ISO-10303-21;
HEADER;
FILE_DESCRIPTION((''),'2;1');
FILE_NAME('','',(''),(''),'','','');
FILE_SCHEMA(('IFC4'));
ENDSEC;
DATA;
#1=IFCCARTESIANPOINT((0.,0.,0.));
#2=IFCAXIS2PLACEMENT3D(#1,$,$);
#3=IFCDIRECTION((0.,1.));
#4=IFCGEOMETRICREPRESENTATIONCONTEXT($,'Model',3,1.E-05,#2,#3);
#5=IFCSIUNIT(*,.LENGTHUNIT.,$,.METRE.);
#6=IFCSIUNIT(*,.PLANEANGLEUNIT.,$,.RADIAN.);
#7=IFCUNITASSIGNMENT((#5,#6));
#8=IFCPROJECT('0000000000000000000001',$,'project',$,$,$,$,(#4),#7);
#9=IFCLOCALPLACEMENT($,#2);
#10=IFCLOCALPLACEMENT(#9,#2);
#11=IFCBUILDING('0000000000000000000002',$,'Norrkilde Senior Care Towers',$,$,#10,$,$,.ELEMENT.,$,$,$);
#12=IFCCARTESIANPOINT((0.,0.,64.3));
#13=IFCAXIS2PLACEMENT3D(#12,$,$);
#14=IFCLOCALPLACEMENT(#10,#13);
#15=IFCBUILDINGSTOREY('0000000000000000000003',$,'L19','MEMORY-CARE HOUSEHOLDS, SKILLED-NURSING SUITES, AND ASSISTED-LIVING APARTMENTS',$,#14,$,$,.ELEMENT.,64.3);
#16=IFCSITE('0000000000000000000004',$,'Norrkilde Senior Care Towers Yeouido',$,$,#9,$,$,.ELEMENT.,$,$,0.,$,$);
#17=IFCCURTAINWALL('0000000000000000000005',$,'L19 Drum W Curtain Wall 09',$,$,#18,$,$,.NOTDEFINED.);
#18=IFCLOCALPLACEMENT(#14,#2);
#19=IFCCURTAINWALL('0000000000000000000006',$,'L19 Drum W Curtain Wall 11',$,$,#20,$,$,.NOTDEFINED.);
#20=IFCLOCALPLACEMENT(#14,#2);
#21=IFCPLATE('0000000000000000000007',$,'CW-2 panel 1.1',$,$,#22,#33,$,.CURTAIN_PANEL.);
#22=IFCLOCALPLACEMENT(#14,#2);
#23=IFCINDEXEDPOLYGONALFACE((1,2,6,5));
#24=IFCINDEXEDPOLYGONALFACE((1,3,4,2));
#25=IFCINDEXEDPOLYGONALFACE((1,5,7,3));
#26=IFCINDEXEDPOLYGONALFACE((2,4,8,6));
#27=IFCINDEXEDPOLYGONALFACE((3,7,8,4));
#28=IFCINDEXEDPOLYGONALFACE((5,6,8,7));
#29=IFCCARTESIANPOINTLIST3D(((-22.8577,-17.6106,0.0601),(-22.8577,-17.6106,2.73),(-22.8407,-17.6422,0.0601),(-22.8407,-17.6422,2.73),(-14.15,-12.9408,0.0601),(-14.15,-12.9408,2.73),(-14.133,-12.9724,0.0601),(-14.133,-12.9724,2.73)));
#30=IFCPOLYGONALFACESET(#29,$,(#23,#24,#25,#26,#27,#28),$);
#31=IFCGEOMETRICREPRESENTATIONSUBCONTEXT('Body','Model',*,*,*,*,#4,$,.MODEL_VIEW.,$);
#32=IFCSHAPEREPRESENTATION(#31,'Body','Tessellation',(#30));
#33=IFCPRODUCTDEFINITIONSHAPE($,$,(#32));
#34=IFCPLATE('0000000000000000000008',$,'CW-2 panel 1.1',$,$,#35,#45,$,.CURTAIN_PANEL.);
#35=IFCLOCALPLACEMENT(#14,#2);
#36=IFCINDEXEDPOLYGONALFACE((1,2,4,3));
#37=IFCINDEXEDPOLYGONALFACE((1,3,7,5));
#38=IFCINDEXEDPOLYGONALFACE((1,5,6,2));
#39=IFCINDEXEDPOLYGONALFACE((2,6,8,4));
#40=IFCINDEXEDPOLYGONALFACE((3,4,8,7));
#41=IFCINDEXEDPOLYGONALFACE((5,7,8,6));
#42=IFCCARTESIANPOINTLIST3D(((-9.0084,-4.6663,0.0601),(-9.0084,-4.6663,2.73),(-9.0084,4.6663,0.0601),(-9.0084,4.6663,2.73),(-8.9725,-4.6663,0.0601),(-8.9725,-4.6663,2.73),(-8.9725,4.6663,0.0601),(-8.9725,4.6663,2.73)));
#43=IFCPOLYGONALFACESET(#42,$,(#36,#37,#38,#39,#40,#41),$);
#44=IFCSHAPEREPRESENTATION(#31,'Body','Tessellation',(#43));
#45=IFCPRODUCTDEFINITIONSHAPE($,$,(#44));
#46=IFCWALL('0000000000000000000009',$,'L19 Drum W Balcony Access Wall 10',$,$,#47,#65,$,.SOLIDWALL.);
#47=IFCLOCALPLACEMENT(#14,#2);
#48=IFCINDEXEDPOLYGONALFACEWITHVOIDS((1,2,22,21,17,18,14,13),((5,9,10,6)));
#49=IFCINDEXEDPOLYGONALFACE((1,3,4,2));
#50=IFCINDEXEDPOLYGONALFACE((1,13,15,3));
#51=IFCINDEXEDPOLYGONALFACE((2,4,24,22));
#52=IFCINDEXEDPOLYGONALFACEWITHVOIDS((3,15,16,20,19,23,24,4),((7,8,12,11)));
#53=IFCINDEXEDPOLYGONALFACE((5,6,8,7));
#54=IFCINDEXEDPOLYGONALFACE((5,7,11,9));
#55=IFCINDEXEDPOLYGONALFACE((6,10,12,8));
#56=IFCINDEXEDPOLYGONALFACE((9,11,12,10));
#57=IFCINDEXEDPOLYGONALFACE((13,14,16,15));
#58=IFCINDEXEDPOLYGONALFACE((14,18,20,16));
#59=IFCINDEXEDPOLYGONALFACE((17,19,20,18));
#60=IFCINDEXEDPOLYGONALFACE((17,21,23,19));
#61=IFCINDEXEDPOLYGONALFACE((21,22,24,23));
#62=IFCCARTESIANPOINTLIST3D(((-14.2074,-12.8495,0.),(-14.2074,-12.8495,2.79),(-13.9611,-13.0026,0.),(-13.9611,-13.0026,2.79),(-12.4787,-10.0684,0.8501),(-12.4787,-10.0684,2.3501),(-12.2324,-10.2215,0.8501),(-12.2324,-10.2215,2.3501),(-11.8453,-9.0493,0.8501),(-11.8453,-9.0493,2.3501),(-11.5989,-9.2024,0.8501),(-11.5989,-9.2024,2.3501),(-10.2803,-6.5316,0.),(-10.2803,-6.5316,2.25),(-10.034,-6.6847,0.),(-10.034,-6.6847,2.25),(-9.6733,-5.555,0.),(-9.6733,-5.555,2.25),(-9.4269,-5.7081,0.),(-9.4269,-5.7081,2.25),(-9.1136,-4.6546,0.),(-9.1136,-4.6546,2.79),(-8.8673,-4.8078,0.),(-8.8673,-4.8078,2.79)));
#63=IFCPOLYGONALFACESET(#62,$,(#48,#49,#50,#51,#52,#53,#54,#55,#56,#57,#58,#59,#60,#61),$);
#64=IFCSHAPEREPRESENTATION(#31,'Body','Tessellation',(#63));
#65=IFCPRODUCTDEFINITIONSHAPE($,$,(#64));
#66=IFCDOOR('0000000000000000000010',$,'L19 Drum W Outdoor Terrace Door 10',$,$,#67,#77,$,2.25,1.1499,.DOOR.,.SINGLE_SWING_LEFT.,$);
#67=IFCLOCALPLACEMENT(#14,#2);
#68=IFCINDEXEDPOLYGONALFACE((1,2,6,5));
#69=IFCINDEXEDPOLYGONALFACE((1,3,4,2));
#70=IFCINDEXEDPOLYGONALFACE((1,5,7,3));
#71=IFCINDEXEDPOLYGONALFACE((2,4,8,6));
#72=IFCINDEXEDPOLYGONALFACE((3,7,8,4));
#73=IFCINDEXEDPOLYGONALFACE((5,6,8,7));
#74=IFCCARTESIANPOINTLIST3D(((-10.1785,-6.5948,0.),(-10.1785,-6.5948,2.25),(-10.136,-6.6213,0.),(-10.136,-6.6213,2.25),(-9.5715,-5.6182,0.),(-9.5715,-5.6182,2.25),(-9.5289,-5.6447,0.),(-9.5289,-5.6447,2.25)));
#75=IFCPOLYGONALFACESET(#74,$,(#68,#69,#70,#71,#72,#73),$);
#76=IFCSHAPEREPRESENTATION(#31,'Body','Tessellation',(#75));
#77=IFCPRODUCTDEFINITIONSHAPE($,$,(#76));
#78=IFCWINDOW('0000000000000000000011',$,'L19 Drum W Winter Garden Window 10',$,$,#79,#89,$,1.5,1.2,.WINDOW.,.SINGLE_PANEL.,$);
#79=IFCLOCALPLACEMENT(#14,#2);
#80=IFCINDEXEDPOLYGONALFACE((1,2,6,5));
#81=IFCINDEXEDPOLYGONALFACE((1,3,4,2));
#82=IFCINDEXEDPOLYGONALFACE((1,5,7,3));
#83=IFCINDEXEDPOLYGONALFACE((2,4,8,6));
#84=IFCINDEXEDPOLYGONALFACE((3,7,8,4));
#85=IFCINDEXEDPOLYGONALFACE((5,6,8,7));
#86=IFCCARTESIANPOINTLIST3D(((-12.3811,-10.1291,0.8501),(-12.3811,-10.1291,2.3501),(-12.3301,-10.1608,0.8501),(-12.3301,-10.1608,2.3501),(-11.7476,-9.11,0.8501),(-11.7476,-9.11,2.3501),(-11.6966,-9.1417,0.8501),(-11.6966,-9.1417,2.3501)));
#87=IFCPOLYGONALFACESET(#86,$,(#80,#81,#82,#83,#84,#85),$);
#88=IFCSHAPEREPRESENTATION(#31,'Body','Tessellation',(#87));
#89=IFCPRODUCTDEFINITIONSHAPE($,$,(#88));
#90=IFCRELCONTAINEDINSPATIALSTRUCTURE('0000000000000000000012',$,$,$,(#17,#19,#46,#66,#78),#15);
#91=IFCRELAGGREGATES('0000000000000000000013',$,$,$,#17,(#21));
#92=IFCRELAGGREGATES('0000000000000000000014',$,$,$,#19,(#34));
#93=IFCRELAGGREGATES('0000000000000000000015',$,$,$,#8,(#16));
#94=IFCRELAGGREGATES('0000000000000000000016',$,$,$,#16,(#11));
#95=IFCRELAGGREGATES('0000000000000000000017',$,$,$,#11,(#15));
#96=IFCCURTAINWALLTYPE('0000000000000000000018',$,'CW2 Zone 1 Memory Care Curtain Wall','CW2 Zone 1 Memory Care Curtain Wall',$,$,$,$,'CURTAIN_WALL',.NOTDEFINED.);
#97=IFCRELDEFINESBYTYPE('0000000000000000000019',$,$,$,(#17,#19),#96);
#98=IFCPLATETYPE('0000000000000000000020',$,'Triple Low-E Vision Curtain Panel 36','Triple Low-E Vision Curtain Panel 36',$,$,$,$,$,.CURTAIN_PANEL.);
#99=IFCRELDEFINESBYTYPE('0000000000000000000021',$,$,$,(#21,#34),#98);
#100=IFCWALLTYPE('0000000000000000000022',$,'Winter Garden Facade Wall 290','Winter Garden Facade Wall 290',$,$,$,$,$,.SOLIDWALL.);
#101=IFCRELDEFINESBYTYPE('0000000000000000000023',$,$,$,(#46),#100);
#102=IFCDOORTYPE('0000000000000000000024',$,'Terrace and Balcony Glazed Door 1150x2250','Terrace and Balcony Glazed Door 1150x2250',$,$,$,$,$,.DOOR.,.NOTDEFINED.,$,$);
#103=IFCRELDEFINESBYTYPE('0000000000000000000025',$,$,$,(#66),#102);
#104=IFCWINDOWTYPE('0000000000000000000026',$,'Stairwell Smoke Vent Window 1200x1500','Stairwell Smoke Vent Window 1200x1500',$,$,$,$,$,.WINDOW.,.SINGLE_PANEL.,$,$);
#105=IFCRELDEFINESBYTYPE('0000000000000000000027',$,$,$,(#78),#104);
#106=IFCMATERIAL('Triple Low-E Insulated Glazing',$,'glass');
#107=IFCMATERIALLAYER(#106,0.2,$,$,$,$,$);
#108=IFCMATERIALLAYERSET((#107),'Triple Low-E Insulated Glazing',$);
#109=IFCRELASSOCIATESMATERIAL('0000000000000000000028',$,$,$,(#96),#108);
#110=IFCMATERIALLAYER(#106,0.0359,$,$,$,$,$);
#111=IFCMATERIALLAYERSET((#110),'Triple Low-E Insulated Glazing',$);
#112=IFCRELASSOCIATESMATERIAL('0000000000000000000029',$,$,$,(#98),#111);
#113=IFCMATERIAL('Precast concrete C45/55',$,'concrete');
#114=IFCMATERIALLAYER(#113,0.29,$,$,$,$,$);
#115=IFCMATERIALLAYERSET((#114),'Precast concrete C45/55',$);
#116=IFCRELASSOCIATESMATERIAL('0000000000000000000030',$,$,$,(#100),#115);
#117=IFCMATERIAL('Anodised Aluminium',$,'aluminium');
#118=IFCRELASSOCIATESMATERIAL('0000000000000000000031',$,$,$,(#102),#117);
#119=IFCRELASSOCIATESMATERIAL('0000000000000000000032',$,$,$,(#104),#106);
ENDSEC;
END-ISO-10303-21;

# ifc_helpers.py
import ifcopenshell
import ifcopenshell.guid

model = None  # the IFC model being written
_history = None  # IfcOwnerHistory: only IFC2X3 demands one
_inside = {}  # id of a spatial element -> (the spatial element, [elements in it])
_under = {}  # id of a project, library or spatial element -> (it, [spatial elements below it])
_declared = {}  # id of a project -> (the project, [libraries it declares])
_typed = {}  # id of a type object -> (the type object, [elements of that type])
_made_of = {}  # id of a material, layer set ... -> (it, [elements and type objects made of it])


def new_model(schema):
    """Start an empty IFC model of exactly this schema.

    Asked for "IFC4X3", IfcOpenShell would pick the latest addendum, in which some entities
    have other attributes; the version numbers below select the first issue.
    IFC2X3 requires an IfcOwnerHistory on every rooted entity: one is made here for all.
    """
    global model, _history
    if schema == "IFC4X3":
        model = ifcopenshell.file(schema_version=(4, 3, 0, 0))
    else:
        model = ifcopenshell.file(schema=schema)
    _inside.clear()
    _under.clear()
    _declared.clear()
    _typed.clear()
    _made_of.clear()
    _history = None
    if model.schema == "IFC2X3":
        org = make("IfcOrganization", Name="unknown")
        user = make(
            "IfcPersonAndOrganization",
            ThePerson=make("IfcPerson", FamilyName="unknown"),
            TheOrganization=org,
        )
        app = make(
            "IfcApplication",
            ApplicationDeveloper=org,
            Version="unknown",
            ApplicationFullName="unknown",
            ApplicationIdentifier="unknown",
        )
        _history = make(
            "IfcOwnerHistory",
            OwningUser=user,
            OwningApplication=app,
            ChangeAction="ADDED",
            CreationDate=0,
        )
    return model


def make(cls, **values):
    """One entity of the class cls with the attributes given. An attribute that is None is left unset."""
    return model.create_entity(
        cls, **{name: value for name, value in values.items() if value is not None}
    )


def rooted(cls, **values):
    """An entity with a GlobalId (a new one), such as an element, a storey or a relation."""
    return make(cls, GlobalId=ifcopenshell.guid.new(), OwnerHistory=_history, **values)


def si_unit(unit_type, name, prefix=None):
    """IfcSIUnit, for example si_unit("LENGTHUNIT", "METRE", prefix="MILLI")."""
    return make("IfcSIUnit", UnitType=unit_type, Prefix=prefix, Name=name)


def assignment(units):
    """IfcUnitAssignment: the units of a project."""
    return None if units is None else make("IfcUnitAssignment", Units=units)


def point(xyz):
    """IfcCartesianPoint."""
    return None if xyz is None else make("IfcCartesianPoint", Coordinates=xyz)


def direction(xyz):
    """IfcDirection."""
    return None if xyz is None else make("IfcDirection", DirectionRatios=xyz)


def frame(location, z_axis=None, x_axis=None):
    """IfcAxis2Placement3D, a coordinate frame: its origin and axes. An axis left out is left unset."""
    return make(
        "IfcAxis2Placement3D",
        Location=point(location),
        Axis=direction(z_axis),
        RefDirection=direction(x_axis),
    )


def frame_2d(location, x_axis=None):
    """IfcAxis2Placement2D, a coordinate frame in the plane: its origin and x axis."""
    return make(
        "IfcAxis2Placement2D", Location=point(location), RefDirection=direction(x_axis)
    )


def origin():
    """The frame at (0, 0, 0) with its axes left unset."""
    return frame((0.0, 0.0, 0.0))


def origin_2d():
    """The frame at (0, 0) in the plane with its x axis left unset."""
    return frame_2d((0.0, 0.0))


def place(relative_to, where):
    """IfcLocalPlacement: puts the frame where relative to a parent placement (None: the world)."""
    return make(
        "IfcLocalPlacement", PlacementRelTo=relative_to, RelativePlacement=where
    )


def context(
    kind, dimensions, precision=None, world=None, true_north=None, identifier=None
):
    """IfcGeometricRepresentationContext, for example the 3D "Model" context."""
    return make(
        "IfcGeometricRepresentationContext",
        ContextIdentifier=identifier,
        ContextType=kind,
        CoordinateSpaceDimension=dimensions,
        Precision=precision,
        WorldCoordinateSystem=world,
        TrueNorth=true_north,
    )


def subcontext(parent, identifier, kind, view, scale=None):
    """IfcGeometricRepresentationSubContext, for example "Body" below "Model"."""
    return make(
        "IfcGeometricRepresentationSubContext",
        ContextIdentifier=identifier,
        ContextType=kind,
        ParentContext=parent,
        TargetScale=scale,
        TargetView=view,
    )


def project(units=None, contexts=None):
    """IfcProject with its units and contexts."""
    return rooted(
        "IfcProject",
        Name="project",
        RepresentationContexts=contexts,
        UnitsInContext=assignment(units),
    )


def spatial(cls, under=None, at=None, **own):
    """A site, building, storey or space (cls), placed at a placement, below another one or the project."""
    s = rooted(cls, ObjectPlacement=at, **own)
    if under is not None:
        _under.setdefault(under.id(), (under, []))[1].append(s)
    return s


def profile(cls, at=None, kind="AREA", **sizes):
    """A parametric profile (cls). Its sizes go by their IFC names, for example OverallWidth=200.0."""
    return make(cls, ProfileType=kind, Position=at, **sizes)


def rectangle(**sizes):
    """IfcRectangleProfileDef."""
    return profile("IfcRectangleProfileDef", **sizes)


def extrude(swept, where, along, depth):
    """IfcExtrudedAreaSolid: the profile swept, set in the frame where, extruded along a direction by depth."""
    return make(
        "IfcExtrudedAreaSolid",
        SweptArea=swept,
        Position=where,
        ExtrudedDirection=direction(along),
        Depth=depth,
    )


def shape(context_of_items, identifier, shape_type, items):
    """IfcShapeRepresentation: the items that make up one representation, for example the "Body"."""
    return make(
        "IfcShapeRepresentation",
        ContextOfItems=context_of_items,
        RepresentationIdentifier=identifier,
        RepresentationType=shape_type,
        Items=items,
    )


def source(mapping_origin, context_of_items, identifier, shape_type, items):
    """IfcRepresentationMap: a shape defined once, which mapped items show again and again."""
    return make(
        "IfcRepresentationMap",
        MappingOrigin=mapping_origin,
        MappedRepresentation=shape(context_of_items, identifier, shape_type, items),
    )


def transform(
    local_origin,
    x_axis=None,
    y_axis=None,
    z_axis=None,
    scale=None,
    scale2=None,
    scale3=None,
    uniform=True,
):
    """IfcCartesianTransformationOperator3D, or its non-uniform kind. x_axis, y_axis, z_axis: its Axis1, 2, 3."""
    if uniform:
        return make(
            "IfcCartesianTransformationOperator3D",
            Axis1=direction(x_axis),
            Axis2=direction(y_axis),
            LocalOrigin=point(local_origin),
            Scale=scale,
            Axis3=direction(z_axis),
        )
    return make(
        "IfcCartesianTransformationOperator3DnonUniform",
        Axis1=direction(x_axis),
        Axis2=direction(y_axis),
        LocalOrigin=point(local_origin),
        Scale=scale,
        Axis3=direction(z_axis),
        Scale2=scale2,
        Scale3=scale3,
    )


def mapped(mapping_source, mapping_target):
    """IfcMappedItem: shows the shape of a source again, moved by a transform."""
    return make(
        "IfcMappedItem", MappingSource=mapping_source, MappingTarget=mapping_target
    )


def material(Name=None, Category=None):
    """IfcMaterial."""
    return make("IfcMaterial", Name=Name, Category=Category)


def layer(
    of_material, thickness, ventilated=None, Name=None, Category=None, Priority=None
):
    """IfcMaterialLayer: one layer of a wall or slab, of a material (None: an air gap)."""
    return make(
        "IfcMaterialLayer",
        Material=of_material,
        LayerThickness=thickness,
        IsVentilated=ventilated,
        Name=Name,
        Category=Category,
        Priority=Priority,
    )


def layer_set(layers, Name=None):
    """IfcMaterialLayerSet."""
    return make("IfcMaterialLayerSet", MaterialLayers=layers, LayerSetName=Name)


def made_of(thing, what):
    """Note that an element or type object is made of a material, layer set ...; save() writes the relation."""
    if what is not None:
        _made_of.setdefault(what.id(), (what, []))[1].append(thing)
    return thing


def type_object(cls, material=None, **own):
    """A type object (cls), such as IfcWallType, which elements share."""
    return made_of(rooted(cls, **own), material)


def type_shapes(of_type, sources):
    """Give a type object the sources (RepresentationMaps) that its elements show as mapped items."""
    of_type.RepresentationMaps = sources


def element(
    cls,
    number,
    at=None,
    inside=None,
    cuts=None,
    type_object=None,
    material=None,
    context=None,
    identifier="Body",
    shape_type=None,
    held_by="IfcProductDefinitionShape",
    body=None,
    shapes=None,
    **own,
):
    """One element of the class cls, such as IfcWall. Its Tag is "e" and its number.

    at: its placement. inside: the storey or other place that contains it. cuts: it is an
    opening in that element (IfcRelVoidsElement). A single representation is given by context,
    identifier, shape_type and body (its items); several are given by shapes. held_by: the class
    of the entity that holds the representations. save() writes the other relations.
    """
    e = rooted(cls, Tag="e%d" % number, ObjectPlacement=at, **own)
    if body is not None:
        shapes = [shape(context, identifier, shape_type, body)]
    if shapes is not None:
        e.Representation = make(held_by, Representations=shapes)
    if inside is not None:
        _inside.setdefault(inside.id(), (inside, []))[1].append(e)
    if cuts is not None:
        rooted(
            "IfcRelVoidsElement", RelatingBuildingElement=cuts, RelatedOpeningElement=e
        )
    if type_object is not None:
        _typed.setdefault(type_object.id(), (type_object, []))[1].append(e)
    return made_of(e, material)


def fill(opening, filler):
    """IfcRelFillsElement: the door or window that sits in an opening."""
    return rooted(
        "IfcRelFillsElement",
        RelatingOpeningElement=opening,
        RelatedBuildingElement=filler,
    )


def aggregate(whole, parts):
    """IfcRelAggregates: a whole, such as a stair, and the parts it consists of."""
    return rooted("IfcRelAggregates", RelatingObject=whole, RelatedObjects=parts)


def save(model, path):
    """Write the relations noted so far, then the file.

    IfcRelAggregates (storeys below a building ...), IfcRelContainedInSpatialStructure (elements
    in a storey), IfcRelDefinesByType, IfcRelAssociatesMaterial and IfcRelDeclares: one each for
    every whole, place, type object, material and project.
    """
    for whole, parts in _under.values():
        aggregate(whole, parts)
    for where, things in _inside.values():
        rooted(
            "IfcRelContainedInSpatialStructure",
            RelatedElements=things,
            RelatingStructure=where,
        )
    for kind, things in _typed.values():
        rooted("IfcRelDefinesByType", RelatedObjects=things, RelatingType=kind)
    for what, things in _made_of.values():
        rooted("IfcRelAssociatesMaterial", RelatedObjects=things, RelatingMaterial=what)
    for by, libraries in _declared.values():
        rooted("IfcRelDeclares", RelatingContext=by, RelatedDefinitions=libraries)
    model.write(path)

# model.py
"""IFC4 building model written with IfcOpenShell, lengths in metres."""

from ifc_helpers import new_model, si_unit, direction, frame, frame_2d, origin, origin_2d, place, context, subcontext, project, spatial, rectangle, extrude, source, transform, mapped, material, layer, layer_set, type_object, type_shapes, element, fill, aggregate, save


model = new_model("IFC4")

# Units and contexts
model_context = context("Model", 3, precision=1e-05, world=origin(), true_north=direction((0.0, 1.0)))
body_context = subcontext(model_context, "Body", "Model", "MODEL_VIEW")
ifc_project = project(units=[si_unit("LENGTHUNIT", "METRE"), si_unit("PLANEANGLEUNIT", "RADIAN")], contexts=[model_context])

# Site, building, storey
site_placement = place(None, origin())
site = spatial("IfcSite", under=ifc_project, at=site_placement, Name="Norrkilde Senior Care Towers Yeouido", CompositionType="ELEMENT", RefElevation=0.0)
building_placement = place(site_placement, origin())
building = spatial("IfcBuilding", under=site, at=building_placement, Name="Norrkilde Senior Care Towers", CompositionType="ELEMENT")
storey_placement = place(building_placement, frame((0.0, 0.0, 64.3)))
storey = spatial("IfcBuildingStorey", under=building, at=storey_placement, Name="L19", Description="MEMORY-CARE HOUSEHOLDS, SKILLED-NURSING SUITES, AND ASSISTED-LIVING APARTMENTS", CompositionType="ELEMENT", Elevation=64.3)

# Curtain walls
ifc_material_1 = material(Name="Triple Low-E Insulated Glazing", Category="glass")
ifc_layer_1 = layer(ifc_material_1, 0.2)
ifc_layer_set_1 = layer_set([ifc_layer_1], Name="Triple Low-E Insulated Glazing")
curtain_wall_type = type_object("IfcCurtainWallType", Name="CW2 Zone 1 Memory Care Curtain Wall", Description="CW2 Zone 1 Memory Care Curtain Wall", ElementType="CURTAIN_WALL", PredefinedType="NOTDEFINED", material=ifc_layer_set_1)
curtain_wall_1_placement = place(storey_placement, origin())
curtain_wall_1 = element("IfcCurtainWall", 1, at=curtain_wall_1_placement, inside=storey, type_object=curtain_wall_type, Name="L19 Drum W Curtain Wall 09", PredefinedType="NOTDEFINED")
ifc_material_2 = material(Name="Anodised Aluminium", Category="aluminium")
curtain_wall_2_placement = place(storey_placement, origin())
curtain_wall_2 = element("IfcCurtainWall", 2, at=curtain_wall_2_placement, inside=storey, type_object=curtain_wall_type, Name="L19 Drum W Curtain Wall 11", PredefinedType="NOTDEFINED")

# Plates
ifc_layer_2 = layer(ifc_material_1, 0.0359)
ifc_layer_set_2 = layer_set([ifc_layer_2], Name="Triple Low-E Insulated Glazing")
plate_type = type_object("IfcPlateType", Name="Triple Low-E Vision Curtain Panel 36", Description="Triple Low-E Vision Curtain Panel 36", PredefinedType="CURTAIN_PANEL", material=ifc_layer_set_2)
shared_shape_1 = source(origin(), body_context, "Body", "SweptSolid", [
    extrude(rectangle(XDim=9.8809, YDim=0.0359, at=origin_2d()), origin(), (0.0, 0.0, 1.0), 2.6699),
])
plate_1_placement = place(storey_placement, frame((-18.4954, -15.2915, 0.0601), z_axis=(0.0, 0.0, 1.0), x_axis=(-0.881273, -0.472608, 0.0)))
plate_1 = element("IfcPlate", 3, at=plate_1_placement, type_object=plate_type, Name="CW-2 panel 1.1", PredefinedType="CURTAIN_PANEL", context=body_context, shape_type="MappedRepresentation", body=[
    mapped(shared_shape_1, transform((0.0, 0.0, 0.0), x_axis=(1.0, 0.0, 0.0), y_axis=(0.0, 1.0, 0.0), z_axis=(0.0, 0.0, 1.0), scale=1.0)),
])
aggregate(curtain_wall_1, [plate_1])
shared_shape_2 = source(origin(), body_context, "Body", "SweptSolid", [
    extrude(rectangle(XDim=9.3325, YDim=0.0359, at=origin_2d()), origin(), (0.0, 0.0, 1.0), 2.6699),
])
type_shapes(plate_type, [shared_shape_1, shared_shape_2])
plate_2_placement = place(storey_placement, frame((-8.9905, 0.0, 0.0601), z_axis=(0.0, 0.0, 1.0), x_axis=(0.0, -1.0, 0.0)))
plate_2 = element("IfcPlate", 4, at=plate_2_placement, type_object=plate_type, Name="CW-2 panel 1.1", PredefinedType="CURTAIN_PANEL", context=body_context, shape_type="MappedRepresentation", body=[
    mapped(shared_shape_2, transform((0.0, 0.0, 0.0), x_axis=(1.0, 0.0, 0.0), y_axis=(0.0, 1.0, 0.0), z_axis=(0.0, 0.0, 1.0), scale=1.0)),
])
aggregate(curtain_wall_2, [plate_2])

# Wall, openings, door, window
ifc_material_3 = material(Name="Precast concrete C45/55", Category="concrete")
ifc_layer_3 = layer(ifc_material_3, 0.29)
ifc_layer_set_3 = layer_set([ifc_layer_3], Name="Precast concrete C45/55")
wall_type_1 = type_object("IfcWallType", Name="Winter Garden Facade Wall 290", Description="Winter Garden Facade Wall 290", PredefinedType="SOLIDWALL", material=ifc_layer_set_3)
shared_shape_3 = source(origin(), body_context, "Body", "SweptSolid", [
    extrude(rectangle(XDim=9.6489, YDim=0.29, at=frame_2d((4.8245, 0.0))), origin(), (0.0, 0.0, 1.0), 2.79),
])
type_shapes(wall_type_1, [shared_shape_3])
wall_1_placement = place(storey_placement, frame((-8.9905, -4.7312, 0.0), z_axis=(0.0, 0.0, 1.0), x_axis=(-0.527909, -0.849301, 0.0)))
wall_1 = element("IfcWall", 5, at=wall_1_placement, inside=storey, type_object=wall_type_1, Name="L19 Drum W Balcony Access Wall 10", PredefinedType="SOLIDWALL", context=body_context, shape_type="MappedRepresentation", body=[
    mapped(shared_shape_3, transform((0.0, 0.0, 0.0), x_axis=(1.0, 0.0, 0.0), y_axis=(0.0, 1.0, 0.0), z_axis=(0.0, 0.0, 1.0), scale=1.0)),
])
opening_1_placement = place(wall_1_placement, frame((1.0601, 0.0, 0.0)))
opening_1 = element("IfcOpeningElement", 6, at=opening_1_placement, cuts=wall_1, PredefinedType="OPENING", context=body_context, shape_type="SweptSolid", body=[
    extrude(rectangle(XDim=1.1499, YDim=2.25, at=frame_2d((0.575, 1.125))), frame((0.0, 0.155, 0.0), z_axis=(0.0, -1.0, 0.0), x_axis=(1.0, 0.0, 0.0)), (0.0, 0.0, 1.0), 0.3101),
])
opening_2_placement = place(wall_1_placement, frame((5.1743, 0.0, 0.8501)))
opening_2 = element("IfcOpeningElement", 7, at=opening_2_placement, cuts=wall_1, PredefinedType="OPENING", context=body_context, shape_type="SweptSolid", body=[
    extrude(rectangle(XDim=1.2, YDim=1.5, at=frame_2d((0.6001, 0.75))), frame((0.0, 0.155, 0.0), z_axis=(0.0, -1.0, 0.0), x_axis=(1.0, 0.0, 0.0)), (0.0, 0.0, 1.0), 0.3101),
])
door_type_1 = type_object("IfcDoorType", Name="Terrace and Balcony Glazed Door 1150x2250", Description="Terrace and Balcony Glazed Door 1150x2250", OperationType="NOTDEFINED", PredefinedType="DOOR", material=ifc_material_2)
shared_shape_4 = source(origin(), body_context, "Body", "SweptSolid", [
    extrude(rectangle(XDim=1.1499, YDim=2.25, at=frame_2d((0.575, 1.125))), frame((0.0, 0.0249, 0.0), z_axis=(0.0, -1.0, 0.0), x_axis=(1.0, 0.0, 0.0)), (0.0, 0.0, 1.0), 0.05),
])
type_shapes(door_type_1, [shared_shape_4])
door_1_placement = place(opening_1_placement, origin())
door_1 = element("IfcDoor", 8, at=door_1_placement, inside=storey, type_object=door_type_1, Name="L19 Drum W Outdoor Terrace Door 10", OperationType="SINGLE_SWING_LEFT", OverallHeight=2.25, OverallWidth=1.1499, PredefinedType="DOOR", context=body_context, shape_type="MappedRepresentation", body=[
    mapped(shared_shape_4, transform((0.0, 0.0, 0.0), x_axis=(1.0, 0.0, 0.0), y_axis=(0.0, 1.0, 0.0), z_axis=(0.0, 0.0, 1.0), scale=1.0)),
])
fill(opening_1, door_1)
window_type = type_object("IfcWindowType", Name="Stairwell Smoke Vent Window 1200x1500", Description="Stairwell Smoke Vent Window 1200x1500", PartitioningType="SINGLE_PANEL", PredefinedType="WINDOW", material=ifc_material_1)
shared_shape_5 = source(origin(), body_context, "Body", "SweptSolid", [
    extrude(rectangle(XDim=1.2, YDim=1.5, at=frame_2d((0.6001, 0.75))), frame((0.0, 0.03, 0.0), z_axis=(0.0, -1.0, 0.0), x_axis=(1.0, 0.0, 0.0)), (0.0, 0.0, 1.0), 0.0601),
])
type_shapes(window_type, [shared_shape_5])
window_placement = place(opening_2_placement, origin())
window = element("IfcWindow", 9, at=window_placement, inside=storey, type_object=window_type, Name="L19 Drum W Winter Garden Window 10", OverallHeight=1.5, OverallWidth=1.2, PartitioningType="SINGLE_PANEL", PredefinedType="WINDOW", context=body_context, shape_type="MappedRepresentation", body=[
    mapped(shared_shape_5, transform((0.0, 0.0, 0.0), x_axis=(1.0, 0.0, 0.0), y_axis=(0.0, 1.0, 0.0), z_axis=(0.0, 0.0, 1.0), scale=1.0)),
])
fill(opening_2, window)

save(model, "model.ifc")
